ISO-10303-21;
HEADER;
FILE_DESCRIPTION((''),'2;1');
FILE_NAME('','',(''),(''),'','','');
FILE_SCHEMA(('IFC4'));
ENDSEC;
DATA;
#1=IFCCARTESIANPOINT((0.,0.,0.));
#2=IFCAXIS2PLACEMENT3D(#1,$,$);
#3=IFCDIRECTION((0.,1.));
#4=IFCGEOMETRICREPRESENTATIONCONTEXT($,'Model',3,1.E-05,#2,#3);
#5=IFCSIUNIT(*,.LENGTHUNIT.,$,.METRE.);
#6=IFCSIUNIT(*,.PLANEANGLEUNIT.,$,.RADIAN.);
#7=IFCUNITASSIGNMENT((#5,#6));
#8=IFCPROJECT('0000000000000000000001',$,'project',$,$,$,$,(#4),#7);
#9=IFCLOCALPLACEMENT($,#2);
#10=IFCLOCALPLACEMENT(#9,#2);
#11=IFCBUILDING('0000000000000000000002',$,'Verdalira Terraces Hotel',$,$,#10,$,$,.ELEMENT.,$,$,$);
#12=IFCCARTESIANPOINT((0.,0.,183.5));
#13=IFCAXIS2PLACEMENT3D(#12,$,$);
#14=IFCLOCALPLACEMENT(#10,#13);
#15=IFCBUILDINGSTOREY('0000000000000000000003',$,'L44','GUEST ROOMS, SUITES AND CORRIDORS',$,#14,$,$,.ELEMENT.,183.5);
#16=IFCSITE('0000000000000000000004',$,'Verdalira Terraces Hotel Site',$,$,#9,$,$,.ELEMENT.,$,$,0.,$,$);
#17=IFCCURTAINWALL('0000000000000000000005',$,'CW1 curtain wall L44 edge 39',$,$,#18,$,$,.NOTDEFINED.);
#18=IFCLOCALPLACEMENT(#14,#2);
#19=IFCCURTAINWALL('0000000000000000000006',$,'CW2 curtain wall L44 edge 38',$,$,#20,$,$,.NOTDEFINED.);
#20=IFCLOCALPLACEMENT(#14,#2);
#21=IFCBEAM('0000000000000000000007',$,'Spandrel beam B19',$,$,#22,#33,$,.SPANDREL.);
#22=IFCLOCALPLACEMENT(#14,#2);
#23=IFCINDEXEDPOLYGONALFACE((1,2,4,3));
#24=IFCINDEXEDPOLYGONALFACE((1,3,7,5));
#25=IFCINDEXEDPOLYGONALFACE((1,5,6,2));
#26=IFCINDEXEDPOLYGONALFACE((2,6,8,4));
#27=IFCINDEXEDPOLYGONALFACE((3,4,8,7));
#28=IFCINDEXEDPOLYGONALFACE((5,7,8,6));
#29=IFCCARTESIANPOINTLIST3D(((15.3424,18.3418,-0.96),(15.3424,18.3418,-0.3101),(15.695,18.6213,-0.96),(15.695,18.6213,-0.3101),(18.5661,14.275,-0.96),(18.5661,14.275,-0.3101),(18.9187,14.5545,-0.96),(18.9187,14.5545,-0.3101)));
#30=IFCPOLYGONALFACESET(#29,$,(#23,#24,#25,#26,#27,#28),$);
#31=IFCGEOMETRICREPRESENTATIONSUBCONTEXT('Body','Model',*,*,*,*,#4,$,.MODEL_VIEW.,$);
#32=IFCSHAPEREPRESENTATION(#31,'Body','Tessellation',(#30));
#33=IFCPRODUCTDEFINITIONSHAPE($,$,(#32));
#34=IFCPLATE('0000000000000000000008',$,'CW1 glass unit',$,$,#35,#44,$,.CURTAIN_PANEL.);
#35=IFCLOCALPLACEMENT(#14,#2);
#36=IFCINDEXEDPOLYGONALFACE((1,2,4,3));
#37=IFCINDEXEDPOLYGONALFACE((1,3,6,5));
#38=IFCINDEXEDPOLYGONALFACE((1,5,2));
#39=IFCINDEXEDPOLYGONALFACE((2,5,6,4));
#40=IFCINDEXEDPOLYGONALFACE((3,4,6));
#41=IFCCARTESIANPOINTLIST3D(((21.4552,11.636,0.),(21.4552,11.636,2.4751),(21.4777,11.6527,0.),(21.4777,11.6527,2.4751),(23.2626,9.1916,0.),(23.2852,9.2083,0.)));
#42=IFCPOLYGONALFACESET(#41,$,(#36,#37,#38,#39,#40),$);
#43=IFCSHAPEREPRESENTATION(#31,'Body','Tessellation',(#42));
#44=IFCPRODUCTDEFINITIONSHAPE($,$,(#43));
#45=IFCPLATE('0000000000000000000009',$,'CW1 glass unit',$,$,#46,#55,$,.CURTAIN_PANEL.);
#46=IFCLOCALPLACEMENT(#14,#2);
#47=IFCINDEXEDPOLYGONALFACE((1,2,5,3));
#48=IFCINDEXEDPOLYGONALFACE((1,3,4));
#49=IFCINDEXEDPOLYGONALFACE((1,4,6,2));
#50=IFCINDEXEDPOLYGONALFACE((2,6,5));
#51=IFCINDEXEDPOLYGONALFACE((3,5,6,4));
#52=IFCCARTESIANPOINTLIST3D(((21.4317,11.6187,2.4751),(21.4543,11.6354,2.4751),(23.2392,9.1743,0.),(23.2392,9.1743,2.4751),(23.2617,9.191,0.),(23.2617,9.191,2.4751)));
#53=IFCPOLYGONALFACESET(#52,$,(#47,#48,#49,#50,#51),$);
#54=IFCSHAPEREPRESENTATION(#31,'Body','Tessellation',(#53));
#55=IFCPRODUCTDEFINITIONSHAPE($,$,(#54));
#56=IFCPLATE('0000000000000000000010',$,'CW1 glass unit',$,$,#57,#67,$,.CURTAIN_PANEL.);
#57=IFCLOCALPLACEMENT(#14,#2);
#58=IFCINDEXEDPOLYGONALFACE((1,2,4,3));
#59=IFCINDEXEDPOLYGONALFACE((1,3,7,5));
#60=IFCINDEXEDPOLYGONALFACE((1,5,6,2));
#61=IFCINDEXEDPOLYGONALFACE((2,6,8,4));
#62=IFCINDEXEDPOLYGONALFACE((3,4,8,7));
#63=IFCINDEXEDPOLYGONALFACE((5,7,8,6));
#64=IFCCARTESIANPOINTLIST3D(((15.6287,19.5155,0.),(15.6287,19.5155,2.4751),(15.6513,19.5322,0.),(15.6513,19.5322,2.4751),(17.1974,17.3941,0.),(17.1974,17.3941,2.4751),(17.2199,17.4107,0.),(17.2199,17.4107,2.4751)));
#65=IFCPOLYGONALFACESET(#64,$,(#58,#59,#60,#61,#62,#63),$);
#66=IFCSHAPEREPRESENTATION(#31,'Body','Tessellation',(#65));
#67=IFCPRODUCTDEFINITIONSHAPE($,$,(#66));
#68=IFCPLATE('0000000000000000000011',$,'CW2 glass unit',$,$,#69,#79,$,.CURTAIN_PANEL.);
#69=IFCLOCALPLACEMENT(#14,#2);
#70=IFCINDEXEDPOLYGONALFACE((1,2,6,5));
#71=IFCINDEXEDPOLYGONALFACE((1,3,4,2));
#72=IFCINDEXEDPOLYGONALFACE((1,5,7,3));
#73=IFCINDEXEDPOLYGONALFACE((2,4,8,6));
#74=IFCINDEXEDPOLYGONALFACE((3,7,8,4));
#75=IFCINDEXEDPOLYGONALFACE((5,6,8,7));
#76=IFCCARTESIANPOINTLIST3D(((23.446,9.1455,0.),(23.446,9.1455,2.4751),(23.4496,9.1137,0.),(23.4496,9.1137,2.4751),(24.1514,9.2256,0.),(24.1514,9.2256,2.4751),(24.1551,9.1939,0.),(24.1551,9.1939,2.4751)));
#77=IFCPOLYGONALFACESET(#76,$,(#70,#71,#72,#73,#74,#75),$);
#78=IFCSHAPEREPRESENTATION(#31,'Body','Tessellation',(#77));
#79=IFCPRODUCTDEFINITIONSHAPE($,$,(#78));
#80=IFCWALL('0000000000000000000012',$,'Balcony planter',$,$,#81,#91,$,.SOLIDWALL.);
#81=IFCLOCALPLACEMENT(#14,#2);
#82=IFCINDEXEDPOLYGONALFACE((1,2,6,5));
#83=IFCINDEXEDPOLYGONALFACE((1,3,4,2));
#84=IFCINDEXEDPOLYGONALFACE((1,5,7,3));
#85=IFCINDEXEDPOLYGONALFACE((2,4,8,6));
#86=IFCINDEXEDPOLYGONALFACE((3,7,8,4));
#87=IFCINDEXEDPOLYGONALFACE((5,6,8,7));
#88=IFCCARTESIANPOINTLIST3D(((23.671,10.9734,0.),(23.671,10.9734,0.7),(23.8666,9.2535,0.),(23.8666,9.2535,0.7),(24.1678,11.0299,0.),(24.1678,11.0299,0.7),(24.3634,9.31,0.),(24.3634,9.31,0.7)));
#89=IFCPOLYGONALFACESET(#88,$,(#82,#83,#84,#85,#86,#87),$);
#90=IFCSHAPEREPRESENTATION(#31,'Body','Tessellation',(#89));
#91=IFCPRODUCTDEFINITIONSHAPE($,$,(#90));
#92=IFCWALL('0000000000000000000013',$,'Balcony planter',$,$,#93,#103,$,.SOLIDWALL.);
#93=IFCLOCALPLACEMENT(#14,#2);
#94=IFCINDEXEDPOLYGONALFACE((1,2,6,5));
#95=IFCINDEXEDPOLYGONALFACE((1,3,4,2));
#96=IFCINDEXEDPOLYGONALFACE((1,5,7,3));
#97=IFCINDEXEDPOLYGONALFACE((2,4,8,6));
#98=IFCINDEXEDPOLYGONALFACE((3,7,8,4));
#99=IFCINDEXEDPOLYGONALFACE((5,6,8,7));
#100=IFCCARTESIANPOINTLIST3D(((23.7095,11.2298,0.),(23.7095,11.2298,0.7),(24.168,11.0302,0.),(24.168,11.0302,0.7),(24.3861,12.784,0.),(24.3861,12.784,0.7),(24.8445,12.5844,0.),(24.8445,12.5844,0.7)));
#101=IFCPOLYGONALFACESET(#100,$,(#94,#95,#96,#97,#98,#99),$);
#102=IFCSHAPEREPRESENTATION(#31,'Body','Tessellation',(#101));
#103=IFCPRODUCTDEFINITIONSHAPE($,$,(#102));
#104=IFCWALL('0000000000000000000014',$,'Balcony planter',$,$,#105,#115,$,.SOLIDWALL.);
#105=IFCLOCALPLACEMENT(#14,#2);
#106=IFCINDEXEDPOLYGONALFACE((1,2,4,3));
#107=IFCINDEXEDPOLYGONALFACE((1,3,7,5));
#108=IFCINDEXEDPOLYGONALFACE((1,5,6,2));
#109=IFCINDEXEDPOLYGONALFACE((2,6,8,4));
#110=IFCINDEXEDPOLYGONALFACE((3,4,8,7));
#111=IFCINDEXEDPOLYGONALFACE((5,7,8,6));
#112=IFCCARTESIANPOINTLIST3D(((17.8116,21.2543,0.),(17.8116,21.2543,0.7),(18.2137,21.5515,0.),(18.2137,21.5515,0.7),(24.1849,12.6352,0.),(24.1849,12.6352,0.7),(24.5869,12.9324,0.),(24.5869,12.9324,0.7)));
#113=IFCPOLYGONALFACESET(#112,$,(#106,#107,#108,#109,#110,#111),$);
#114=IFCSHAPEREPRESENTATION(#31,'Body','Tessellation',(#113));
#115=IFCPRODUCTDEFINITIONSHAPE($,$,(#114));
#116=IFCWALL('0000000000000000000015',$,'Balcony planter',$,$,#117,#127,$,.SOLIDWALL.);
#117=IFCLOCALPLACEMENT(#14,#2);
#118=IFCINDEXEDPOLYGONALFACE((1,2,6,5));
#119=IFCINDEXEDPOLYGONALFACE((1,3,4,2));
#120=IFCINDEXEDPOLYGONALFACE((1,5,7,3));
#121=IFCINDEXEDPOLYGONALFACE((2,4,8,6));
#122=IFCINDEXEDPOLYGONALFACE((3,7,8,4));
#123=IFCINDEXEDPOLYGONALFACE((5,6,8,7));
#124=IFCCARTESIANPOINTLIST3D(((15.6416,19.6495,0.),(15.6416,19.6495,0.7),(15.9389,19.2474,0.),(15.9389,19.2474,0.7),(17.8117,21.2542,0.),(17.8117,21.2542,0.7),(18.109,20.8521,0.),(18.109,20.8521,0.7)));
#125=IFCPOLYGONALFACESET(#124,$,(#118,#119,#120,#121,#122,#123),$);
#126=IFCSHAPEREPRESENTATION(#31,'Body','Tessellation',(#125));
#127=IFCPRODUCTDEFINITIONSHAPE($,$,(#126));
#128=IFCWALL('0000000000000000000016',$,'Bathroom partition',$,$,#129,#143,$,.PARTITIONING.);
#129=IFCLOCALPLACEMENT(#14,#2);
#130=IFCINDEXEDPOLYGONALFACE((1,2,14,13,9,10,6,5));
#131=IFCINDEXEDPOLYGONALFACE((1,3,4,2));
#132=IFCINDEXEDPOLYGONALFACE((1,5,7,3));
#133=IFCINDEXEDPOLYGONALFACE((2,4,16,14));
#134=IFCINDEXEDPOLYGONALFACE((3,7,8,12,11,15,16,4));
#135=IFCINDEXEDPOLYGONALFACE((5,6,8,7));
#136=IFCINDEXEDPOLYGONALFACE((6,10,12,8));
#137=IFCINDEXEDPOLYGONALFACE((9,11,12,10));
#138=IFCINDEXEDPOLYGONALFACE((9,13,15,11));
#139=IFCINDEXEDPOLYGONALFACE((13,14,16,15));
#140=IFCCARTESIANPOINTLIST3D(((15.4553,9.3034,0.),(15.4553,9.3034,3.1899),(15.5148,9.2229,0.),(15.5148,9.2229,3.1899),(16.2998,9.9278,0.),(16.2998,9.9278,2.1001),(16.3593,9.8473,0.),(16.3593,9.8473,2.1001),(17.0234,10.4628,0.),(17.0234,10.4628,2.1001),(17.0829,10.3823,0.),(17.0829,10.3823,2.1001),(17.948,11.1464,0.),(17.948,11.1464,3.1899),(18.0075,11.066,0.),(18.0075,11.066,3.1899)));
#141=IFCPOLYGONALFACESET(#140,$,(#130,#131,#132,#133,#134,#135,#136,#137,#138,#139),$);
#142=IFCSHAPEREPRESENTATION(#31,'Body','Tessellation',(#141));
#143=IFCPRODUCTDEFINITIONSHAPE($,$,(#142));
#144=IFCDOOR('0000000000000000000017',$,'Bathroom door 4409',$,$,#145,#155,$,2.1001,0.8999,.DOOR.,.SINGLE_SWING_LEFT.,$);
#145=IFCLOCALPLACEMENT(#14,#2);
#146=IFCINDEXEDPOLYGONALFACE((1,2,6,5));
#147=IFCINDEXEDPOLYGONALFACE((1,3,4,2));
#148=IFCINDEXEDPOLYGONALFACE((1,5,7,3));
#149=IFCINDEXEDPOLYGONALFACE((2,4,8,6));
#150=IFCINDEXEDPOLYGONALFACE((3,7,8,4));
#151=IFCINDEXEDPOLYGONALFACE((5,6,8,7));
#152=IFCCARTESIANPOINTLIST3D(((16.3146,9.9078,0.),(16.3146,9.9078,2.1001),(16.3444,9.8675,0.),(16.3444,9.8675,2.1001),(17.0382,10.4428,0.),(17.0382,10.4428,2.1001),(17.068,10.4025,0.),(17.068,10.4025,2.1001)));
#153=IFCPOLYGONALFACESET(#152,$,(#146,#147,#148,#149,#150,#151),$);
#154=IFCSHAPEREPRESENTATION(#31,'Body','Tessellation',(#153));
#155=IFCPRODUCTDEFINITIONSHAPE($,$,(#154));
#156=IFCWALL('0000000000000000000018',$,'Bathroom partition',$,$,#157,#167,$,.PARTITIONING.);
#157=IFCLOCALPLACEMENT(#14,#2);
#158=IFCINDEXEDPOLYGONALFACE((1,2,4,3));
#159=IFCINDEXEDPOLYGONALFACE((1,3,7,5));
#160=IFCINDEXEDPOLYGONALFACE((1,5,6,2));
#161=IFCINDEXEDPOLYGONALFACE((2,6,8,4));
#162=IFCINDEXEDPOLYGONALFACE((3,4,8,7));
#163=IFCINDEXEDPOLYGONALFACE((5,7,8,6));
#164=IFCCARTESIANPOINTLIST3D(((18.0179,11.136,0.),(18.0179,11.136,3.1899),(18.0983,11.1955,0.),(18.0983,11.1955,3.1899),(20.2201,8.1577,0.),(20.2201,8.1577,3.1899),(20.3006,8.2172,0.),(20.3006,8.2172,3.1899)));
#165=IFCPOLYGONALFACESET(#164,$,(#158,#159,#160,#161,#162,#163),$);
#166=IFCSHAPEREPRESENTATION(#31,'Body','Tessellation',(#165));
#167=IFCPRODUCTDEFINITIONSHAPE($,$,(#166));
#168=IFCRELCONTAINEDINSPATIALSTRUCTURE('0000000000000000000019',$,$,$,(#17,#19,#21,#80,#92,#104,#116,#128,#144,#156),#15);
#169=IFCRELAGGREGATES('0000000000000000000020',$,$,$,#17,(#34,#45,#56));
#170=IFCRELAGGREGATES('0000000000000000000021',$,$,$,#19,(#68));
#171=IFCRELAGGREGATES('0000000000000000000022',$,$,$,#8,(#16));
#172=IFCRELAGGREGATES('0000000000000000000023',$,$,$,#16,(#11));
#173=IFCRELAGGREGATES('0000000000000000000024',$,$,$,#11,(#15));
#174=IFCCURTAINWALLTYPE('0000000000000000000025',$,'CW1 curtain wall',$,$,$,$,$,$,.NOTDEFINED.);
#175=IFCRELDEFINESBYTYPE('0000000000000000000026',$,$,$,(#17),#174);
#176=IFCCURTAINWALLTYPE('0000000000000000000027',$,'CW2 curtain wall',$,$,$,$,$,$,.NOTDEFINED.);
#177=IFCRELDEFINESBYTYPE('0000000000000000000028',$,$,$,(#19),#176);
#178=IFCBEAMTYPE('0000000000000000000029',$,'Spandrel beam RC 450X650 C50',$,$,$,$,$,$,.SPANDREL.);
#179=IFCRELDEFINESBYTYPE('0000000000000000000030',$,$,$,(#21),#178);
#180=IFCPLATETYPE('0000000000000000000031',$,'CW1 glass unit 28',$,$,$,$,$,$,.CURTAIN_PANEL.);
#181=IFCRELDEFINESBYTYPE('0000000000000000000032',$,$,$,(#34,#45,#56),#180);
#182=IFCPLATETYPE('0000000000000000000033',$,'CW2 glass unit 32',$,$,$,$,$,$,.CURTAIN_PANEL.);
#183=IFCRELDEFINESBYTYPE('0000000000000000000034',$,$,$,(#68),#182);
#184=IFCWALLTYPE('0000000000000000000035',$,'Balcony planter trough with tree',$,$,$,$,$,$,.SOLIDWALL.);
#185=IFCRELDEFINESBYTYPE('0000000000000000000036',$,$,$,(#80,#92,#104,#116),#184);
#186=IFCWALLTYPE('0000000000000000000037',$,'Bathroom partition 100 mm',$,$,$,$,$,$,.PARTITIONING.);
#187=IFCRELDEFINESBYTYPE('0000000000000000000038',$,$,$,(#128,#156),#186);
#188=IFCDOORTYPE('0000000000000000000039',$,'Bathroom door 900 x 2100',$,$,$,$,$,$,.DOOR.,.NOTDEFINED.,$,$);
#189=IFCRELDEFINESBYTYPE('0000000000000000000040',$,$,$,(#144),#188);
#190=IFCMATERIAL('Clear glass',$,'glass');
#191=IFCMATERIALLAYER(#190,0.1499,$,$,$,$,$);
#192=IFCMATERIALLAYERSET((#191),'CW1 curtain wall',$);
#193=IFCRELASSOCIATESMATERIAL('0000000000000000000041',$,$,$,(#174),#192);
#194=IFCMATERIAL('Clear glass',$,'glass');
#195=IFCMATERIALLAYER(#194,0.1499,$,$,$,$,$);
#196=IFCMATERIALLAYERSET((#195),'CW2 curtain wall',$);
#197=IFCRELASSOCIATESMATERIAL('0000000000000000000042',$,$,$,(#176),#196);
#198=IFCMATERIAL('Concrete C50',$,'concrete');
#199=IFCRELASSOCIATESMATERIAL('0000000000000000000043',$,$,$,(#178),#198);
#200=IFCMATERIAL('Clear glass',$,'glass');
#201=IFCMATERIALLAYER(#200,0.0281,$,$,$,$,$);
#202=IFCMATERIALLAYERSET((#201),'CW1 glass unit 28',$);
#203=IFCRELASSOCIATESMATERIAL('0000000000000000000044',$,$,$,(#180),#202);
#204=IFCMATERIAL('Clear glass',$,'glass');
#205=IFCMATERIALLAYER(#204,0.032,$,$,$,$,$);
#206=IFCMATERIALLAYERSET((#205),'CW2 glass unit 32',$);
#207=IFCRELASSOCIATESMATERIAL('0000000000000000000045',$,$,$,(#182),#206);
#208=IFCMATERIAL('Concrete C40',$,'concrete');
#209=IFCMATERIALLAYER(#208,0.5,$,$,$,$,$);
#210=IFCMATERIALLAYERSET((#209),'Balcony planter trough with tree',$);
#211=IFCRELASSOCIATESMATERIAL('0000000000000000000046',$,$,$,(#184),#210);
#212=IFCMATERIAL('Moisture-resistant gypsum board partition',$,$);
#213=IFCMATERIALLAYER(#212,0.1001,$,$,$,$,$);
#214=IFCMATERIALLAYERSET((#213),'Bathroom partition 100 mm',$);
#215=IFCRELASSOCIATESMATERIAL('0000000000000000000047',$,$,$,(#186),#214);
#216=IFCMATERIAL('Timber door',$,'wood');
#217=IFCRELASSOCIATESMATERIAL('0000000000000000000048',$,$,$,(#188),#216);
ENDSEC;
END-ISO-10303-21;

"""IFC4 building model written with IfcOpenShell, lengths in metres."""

from ifc_helpers import new_model, si_unit, direction, frame, frame_2d, origin, origin_2d, place, context, subcontext, project, spatial, polyline, rectangle, outline, extrude, material, layer, layer_set, material_profile, profile_set, type_object, element, fill, aggregate, save


model = new_model("IFC4")

# Units and contexts
model_context = context("Model", 3, precision=1e-05, world=origin(), true_north=direction((0.0, 1.0)))
body_context = subcontext(model_context, "Body", "Model", "MODEL_VIEW")
ifc_project = project(units=[si_unit("LENGTHUNIT", "METRE"), si_unit("PLANEANGLEUNIT", "RADIAN")], contexts=[model_context])

# Site, building, storey
site_placement = place(None, origin())
site = spatial("IfcSite", under=ifc_project, at=site_placement, Name="Verdalira Terraces Hotel Site", CompositionType="ELEMENT", RefElevation=0.0)
building_placement = place(site_placement, origin())
building = spatial("IfcBuilding", under=site, at=building_placement, Name="Verdalira Terraces Hotel", CompositionType="ELEMENT")
storey_placement = place(building_placement, frame((0.0, 0.0, 183.5)))
storey = spatial("IfcBuildingStorey", under=building, at=storey_placement, Name="L44", Description="GUEST ROOMS, SUITES AND CORRIDORS", CompositionType="ELEMENT", Elevation=183.5)

# Curtain walls
ifc_material_1 = material(Name="Clear glass", Category="glass")
ifc_layer_1 = layer(ifc_material_1, 0.1499)
ifc_layer_set_1 = layer_set([ifc_layer_1], Name="CW1 curtain wall")
curtain_wall_type_1 = type_object("IfcCurtainWallType", Name="CW1 curtain wall", PredefinedType="NOTDEFINED", material=ifc_layer_set_1)
curtain_wall_1_placement = place(storey_placement, origin())
curtain_wall_1 = element("IfcCurtainWall", 1, at=curtain_wall_1_placement, inside=storey, type_object=curtain_wall_type_1, Name="CW1 curtain wall L44 edge 39", PredefinedType="NOTDEFINED")
ifc_material_2 = material(Name="Clear glass", Category="glass")
ifc_layer_2 = layer(ifc_material_2, 0.1499)
ifc_layer_set_2 = layer_set([ifc_layer_2], Name="CW2 curtain wall")
curtain_wall_type_2 = type_object("IfcCurtainWallType", Name="CW2 curtain wall", PredefinedType="NOTDEFINED", material=ifc_layer_set_2)
curtain_wall_2_placement = place(storey_placement, origin())
curtain_wall_2 = element("IfcCurtainWall", 2, at=curtain_wall_2_placement, inside=storey, type_object=curtain_wall_type_2, Name="CW2 curtain wall L44 edge 38", PredefinedType="NOTDEFINED")

# Beam
ifc_material_3 = material(Name="Concrete C50", Category="concrete")
ifc_material_profile_1 = material_profile(ifc_material_3, rectangle(XDim=0.45, YDim=0.6499, at=origin_2d()), Name="RC 450X650")
ifc_profile_set_1 = profile_set([ifc_material_profile_1], Name="Concrete C50")
beam_type_1 = type_object("IfcBeamType", Name="Spandrel beam RC 450X650 C50", PredefinedType="SPANDREL", material=ifc_profile_set_1)
beam_1_placement = place(storey_placement, frame((18.7424, 14.4148, -0.635), z_axis=(-0.6212, 0.783652, 0.0), x_axis=(-0.783652, -0.6212, 0.0)))
element("IfcBeam", 3, at=beam_1_placement, inside=storey, type_object=beam_type_1, Name="Spandrel beam B19", PredefinedType="SPANDREL", context=body_context, shape_type="SweptSolid", body=[
    extrude(rectangle(XDim=0.45, YDim=0.6499, at=origin_2d()), origin(), (0.0, 0.0, 1.0), 5.1895),
])

# Plates
ifc_material_4 = material(Name="Clear glass", Category="glass")
ifc_layer_3 = layer(ifc_material_4, 0.0281)
ifc_layer_set_3 = layer_set([ifc_layer_3], Name="CW1 glass unit 28")
plate_type_1 = type_object("IfcPlateType", Name="CW1 glass unit 28", PredefinedType="CURTAIN_PANEL", material=ifc_layer_set_3)
plate_1_placement = place(storey_placement, frame((22.3589, 10.4138, 1.2375), z_axis=(0.804064, 0.594542, 0.0), x_axis=(-0.594542, 0.804064, 0.0)))
plate_1 = element("IfcPlate", 4, at=plate_1_placement, type_object=plate_type_1, Name="CW1 glass unit", PredefinedType="CURTAIN_PANEL", context=body_context, shape_type="SweptSolid", body=[
    extrude(outline(polyline([(-1.52, -1.2375), (1.52, -1.2375), (1.52, 1.2375), (-1.52, -1.2375)])), origin(), (0.0, 0.0, 1.0), 0.0281),
])
plate_2_placement = place(storey_placement, frame((22.3354, 10.3965, 1.2375), z_axis=(0.804064, 0.594542, 0.0), x_axis=(-0.594542, 0.804064, 0.0)))
plate_2 = element("IfcPlate", 5, at=plate_2_placement, type_object=plate_type_1, Name="CW1 glass unit", PredefinedType="CURTAIN_PANEL", context=body_context, shape_type="SweptSolid", body=[
    extrude(outline(polyline([(-1.52, -1.2375), (1.52, 1.2375), (-1.52, 1.2375), (-1.52, -1.2375)])), origin(), (0.0, 0.0, 1.0), 0.0281),
])
plate_3_placement = place(storey_placement, frame((16.4243, 18.4631, 0.0), z_axis=(0.0, 0.0, 1.0), x_axis=(-0.594542, 0.804064, 0.0)))
plate_3 = element("IfcPlate", 6, at=plate_3_placement, type_object=plate_type_1, Name="CW1 glass unit", PredefinedType="CURTAIN_PANEL", context=body_context, shape_type="SweptSolid", body=[
    extrude(rectangle(XDim=2.6384, YDim=0.0281, at=origin_2d()), origin(), (0.0, 0.0, 1.0), 2.4751),
])
aggregate(curtain_wall_1, [plate_1, plate_2, plate_3])
ifc_material_5 = material(Name="Clear glass", Category="glass")
ifc_layer_4 = layer(ifc_material_5, 0.032)
ifc_layer_set_4 = layer_set([ifc_layer_4], Name="CW2 glass unit 32")
plate_type_2 = type_object("IfcPlateType", Name="CW2 glass unit 32", PredefinedType="CURTAIN_PANEL", material=ifc_layer_set_4)
plate_4_placement = place(storey_placement, frame((23.8005, 9.1697, 0.0), z_axis=(0.0, 0.0, 1.0), x_axis=(-0.993611, -0.112856, 0.0)))
plate_4 = element("IfcPlate", 7, at=plate_4_placement, type_object=plate_type_2, Name="CW2 glass unit", PredefinedType="CURTAIN_PANEL", context=body_context, shape_type="SweptSolid", body=[
    extrude(rectangle(XDim=0.71, YDim=0.032, at=origin_2d()), origin(), (0.0, 0.0, 1.0), 2.4751),
])
aggregate(curtain_wall_2, [plate_4])

# Walls
ifc_material_6 = material(Name="Concrete C40", Category="concrete")
ifc_layer_5 = layer(ifc_material_6, 0.5)
ifc_layer_set_5 = layer_set([ifc_layer_5], Name="Balcony planter trough with tree")
wall_type_1 = type_object("IfcWallType", Name="Balcony planter trough with tree", PredefinedType="SOLIDWALL", material=ifc_layer_set_5)
wall_1_placement = place(storey_placement, frame((24.115, 9.2817, 0.0), z_axis=(0.0, 0.0, 1.0), x_axis=(-0.11297, 0.993598, 0.0)))
element("IfcWall", 8, at=wall_1_placement, inside=storey, type_object=wall_type_1, Name="Balcony planter", PredefinedType="SOLIDWALL", context=body_context, shape_type="SweptSolid", body=[
    extrude(rectangle(XDim=1.731, YDim=0.5, at=frame_2d((0.8655, 0.0))), origin(), (0.0, 0.0, 1.0), 0.7),
])
wall_2_placement = place(storey_placement, frame((23.9387, 11.1299, 0.0), z_axis=(0.0, 0.0, 1.0), x_axis=(0.399111, 0.916903, 0.0)))
element("IfcWall", 9, at=wall_2_placement, inside=storey, type_object=wall_type_1, Name="Balcony planter", PredefinedType="SOLIDWALL", context=body_context, shape_type="SweptSolid", body=[
    extrude(rectangle(XDim=1.6951, YDim=0.5, at=frame_2d((0.8477, 0.0))), origin(), (0.0, 0.0, 1.0), 0.7),
])
wall_3_placement = place(storey_placement, frame((24.386, 12.7837, 0.0), z_axis=(0.0, 0.0, 1.0), x_axis=(-0.594549, 0.804059, 0.0)))
element("IfcWall", 10, at=wall_3_placement, inside=storey, type_object=wall_type_1, Name="Balcony planter", PredefinedType="SOLIDWALL", context=body_context, shape_type="SweptSolid", body=[
    extrude(rectangle(XDim=10.7195, YDim=0.5, at=frame_2d((5.3599, 0.0))), origin(), (0.0, 0.0, 1.0), 0.7),
])
wall_4_placement = place(storey_placement, frame((17.9604, 21.0532, 0.0), z_axis=(0.0, 0.0, 1.0), x_axis=(-0.804052, -0.594559, 0.0)))
element("IfcWall", 11, at=wall_4_placement, inside=storey, type_object=wall_type_1, Name="Balcony planter", PredefinedType="SOLIDWALL", context=body_context, shape_type="SweptSolid", body=[
    extrude(rectangle(XDim=2.699, YDim=0.5, at=frame_2d((1.3496, 0.0))), origin(), (0.0, 0.0, 1.0), 0.7),
])

# Wall, opening, door
ifc_material_7 = material(Name="Moisture-resistant gypsum board partition")
ifc_layer_6 = layer(ifc_material_7, 0.1001)
ifc_layer_set_6 = layer_set([ifc_layer_6], Name="Bathroom partition 100 mm")
wall_type_2 = type_object("IfcWallType", Name="Bathroom partition 100 mm", PredefinedType="PARTITIONING", material=ifc_layer_set_6)
wall_5_placement = place(storey_placement, frame((17.9778, 11.1062, 0.0), z_axis=(0.0, 0.0, 1.0), x_axis=(-0.804083, -0.594517, 0.0)))
wall_5 = element("IfcWall", 12, at=wall_5_placement, inside=storey, type_object=wall_type_2, Name="Bathroom partition", PredefinedType="PARTITIONING", context=body_context, shape_type="SweptSolid", body=[
    extrude(rectangle(XDim=3.1001, YDim=0.1001, at=frame_2d((1.55, 0.0))), origin(), (0.0, 0.0, 1.0), 3.1899),
])
opening_1_placement = place(wall_5_placement, frame((1.1499, 0.0, 0.0)))
opening_1 = element("IfcOpeningElement", 13, at=opening_1_placement, cuts=wall_5, PredefinedType="OPENING", context=body_context, shape_type="SweptSolid", body=[
    extrude(rectangle(XDim=0.8999, YDim=2.1001, at=frame_2d((0.45, 1.05))), frame((0.0, 0.0601, 0.0), z_axis=(0.0, -1.0, 0.0), x_axis=(1.0, 0.0, 0.0)), (0.0, 0.0, 1.0), 0.1201),
])
ifc_material_8 = material(Name="Timber door", Category="wood")
door_type_1 = type_object("IfcDoorType", Name="Bathroom door 900 x 2100", OperationType="NOTDEFINED", PredefinedType="DOOR", material=ifc_material_8)
door_1_placement = place(opening_1_placement, origin())
door_1 = element("IfcDoor", 14, at=door_1_placement, inside=storey, type_object=door_type_1, Name="Bathroom door 4409", OperationType="SINGLE_SWING_LEFT", OverallHeight=2.1001, OverallWidth=0.8999, PredefinedType="DOOR", context=body_context, shape_type="SweptSolid", body=[
    extrude(rectangle(XDim=0.8999, YDim=2.1001, at=frame_2d((0.45, 1.05))), frame((0.0, 0.0249, 0.0), z_axis=(0.0, -1.0, 0.0), x_axis=(1.0, 0.0, 0.0)), (0.0, 0.0, 1.0), 0.05),
])
fill(opening_1, door_1)

# Wall
wall_6_placement = place(storey_placement, frame((18.0581, 11.1658, 0.0), z_axis=(0.0, 0.0, 1.0), x_axis=(0.594534, -0.804071, 0.0)))
element("IfcWall", 15, at=wall_6_placement, inside=storey, type_object=wall_type_2, Name="Bathroom partition", PredefinedType="PARTITIONING", context=body_context, shape_type="SweptSolid", body=[
    extrude(rectangle(XDim=3.7041, YDim=0.1001, at=frame_2d((1.8521, 0.0))), origin(), (0.0, 0.0, 1.0), 3.1899),
])

save(model, "model.ifc")
